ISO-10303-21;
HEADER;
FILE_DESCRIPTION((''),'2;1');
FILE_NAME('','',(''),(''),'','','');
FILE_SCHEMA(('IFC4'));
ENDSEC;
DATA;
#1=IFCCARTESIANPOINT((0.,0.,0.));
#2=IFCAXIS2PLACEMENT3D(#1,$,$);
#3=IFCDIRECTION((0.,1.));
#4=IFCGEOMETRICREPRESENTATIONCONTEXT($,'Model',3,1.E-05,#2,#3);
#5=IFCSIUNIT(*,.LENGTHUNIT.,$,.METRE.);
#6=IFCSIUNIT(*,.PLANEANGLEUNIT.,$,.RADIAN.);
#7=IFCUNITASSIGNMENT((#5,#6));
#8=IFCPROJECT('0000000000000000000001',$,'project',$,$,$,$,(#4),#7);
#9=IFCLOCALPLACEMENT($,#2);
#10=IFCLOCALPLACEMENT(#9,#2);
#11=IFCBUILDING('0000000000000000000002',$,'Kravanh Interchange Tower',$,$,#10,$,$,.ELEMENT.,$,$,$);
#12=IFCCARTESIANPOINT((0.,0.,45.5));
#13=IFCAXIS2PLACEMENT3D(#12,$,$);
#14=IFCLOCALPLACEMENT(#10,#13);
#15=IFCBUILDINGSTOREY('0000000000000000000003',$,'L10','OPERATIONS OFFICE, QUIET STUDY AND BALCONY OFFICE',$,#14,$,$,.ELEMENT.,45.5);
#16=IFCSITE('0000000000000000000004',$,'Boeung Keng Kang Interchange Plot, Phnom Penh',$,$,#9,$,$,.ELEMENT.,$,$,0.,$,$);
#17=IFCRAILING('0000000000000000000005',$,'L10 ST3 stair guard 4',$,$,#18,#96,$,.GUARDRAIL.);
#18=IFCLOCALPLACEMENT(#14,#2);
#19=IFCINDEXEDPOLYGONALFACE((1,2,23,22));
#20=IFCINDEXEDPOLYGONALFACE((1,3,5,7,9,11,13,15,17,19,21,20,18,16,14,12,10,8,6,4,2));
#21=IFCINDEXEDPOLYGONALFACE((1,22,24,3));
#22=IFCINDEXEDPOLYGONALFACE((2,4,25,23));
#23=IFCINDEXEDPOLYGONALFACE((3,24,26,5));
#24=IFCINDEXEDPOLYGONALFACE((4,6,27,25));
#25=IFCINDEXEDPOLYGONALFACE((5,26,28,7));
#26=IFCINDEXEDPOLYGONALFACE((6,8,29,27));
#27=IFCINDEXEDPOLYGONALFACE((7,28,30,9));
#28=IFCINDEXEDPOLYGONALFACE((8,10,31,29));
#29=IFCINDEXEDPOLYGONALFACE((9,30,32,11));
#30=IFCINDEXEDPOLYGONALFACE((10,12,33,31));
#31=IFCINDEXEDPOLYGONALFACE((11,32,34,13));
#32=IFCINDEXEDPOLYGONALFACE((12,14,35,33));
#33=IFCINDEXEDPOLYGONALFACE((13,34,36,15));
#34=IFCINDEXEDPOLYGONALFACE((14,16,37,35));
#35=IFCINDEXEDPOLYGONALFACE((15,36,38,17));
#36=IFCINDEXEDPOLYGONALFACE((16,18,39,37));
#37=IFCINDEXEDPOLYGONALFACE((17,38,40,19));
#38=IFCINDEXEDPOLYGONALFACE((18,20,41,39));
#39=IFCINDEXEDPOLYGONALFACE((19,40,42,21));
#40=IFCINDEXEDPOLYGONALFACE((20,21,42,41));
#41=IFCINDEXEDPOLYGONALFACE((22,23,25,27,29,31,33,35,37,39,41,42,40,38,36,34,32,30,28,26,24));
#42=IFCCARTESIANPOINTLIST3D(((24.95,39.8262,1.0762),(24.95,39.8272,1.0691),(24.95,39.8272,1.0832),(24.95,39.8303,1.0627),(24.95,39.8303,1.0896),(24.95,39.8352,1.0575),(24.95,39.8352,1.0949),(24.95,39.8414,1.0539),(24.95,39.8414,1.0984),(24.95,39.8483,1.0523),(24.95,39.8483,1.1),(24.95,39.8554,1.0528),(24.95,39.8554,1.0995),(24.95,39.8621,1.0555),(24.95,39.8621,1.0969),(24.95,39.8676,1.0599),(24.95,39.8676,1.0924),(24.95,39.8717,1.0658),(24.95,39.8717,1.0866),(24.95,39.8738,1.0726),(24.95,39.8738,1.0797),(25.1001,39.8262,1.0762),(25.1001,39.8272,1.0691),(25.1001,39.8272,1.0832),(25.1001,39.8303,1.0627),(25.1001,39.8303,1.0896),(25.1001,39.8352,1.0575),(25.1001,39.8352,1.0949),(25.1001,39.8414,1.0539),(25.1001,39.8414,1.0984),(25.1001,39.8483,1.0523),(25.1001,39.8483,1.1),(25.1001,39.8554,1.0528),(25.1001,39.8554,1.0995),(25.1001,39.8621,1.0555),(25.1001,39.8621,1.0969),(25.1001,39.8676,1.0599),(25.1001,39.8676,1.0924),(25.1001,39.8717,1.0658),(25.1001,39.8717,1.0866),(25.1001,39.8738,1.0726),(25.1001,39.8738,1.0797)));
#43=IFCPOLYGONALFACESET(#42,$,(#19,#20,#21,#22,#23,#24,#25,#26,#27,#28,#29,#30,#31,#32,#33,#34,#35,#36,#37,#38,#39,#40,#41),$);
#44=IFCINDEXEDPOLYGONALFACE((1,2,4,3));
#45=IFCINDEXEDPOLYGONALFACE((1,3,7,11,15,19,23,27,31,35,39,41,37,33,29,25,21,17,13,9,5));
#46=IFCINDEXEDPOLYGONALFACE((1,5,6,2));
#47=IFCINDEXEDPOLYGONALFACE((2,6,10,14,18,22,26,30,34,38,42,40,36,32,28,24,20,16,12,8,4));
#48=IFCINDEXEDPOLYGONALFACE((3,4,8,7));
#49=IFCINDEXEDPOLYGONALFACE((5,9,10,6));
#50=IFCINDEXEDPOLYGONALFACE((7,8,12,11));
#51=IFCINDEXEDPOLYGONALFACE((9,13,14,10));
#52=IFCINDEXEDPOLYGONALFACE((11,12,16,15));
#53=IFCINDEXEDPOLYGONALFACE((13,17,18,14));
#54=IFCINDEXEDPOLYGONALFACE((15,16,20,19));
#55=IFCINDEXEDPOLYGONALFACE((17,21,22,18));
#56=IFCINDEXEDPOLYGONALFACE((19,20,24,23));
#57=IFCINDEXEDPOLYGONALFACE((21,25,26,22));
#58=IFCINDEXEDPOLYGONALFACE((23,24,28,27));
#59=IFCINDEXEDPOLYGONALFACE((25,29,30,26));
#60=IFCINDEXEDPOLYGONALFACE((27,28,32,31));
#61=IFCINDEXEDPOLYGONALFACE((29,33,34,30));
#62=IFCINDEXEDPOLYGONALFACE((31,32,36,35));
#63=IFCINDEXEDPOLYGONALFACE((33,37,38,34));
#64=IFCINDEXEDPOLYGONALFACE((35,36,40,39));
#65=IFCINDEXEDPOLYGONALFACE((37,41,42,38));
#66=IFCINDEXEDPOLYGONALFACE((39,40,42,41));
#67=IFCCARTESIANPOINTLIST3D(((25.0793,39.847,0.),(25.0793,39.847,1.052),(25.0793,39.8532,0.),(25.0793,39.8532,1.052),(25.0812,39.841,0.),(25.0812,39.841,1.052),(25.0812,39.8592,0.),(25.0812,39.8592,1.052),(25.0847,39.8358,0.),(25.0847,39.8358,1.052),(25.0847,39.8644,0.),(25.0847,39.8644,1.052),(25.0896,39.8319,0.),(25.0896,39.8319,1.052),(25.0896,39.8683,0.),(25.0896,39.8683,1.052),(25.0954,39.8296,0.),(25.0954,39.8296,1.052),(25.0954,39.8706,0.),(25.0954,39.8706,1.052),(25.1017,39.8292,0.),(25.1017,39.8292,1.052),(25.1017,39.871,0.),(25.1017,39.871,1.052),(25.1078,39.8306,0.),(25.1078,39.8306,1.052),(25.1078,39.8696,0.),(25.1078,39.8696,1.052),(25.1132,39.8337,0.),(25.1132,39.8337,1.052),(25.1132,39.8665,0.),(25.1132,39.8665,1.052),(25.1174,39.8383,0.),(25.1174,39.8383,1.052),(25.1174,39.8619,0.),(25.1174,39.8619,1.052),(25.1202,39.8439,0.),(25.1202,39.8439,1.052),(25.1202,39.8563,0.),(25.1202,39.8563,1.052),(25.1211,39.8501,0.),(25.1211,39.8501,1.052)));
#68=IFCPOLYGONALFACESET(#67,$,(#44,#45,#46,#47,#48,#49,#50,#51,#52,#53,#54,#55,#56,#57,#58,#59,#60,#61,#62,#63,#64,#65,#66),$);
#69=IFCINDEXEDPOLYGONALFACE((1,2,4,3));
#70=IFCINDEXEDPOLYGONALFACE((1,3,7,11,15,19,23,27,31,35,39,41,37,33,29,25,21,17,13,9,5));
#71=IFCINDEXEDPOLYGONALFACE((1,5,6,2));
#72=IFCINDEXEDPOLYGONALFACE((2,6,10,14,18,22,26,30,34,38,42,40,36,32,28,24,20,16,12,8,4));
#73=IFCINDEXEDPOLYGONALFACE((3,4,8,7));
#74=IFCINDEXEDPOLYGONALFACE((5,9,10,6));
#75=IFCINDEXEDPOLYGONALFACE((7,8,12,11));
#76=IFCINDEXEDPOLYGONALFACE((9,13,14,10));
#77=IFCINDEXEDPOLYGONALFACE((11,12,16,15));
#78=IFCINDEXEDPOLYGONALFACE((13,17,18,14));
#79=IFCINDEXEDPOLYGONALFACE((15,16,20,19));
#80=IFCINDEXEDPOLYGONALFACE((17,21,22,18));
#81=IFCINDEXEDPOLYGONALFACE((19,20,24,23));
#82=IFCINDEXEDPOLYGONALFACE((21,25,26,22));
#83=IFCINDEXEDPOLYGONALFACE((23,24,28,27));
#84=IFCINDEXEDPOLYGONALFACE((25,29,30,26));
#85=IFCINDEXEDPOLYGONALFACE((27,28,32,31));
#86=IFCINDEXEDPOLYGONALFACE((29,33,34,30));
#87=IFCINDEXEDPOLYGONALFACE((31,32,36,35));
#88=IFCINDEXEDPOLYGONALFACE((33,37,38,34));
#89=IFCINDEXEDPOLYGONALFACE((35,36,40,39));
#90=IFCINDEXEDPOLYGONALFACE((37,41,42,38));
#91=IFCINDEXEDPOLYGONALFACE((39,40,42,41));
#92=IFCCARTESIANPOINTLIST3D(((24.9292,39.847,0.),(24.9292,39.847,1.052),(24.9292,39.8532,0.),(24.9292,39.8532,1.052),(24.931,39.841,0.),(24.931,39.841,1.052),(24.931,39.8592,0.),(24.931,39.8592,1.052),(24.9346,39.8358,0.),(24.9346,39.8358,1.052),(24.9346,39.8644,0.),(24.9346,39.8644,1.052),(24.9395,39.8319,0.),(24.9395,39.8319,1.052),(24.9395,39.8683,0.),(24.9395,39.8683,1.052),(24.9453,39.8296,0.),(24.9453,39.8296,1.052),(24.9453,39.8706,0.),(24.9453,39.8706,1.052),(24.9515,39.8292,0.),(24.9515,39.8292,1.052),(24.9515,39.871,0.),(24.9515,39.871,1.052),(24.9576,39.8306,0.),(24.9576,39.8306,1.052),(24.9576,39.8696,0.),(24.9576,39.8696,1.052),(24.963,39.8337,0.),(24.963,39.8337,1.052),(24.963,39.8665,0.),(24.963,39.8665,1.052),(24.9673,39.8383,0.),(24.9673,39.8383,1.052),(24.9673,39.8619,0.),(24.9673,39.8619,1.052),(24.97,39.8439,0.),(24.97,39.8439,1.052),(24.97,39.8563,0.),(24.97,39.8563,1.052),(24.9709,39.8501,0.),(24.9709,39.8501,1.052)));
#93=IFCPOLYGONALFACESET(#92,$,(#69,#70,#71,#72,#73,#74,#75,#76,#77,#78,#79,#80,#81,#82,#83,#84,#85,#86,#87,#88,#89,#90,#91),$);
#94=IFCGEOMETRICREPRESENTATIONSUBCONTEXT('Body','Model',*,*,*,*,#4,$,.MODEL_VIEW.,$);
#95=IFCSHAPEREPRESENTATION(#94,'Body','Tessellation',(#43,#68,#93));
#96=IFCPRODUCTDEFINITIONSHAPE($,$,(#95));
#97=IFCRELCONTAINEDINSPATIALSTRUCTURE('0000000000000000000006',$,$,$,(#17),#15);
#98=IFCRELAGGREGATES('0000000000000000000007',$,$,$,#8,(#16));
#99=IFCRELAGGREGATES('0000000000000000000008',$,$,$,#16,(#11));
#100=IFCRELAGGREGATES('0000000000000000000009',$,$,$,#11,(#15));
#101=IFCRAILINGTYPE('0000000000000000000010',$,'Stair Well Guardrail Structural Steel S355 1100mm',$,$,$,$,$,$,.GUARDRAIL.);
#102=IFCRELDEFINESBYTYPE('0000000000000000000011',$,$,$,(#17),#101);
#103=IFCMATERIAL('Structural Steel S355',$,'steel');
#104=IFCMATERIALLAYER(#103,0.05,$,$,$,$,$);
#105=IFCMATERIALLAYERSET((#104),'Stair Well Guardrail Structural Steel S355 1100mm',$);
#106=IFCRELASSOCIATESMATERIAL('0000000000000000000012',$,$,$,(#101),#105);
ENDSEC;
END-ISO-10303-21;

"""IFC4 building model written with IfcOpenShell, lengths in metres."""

from ifc_helpers import new_model, si_unit, direction, frame, origin, origin_2d, place, context, subcontext, project, spatial, circle, extrude, material, layer, layer_set, type_object, element, save


model = new_model("IFC4")

# Units and contexts
model_context = context("Model", 3, precision=1e-05, world=origin(), true_north=direction((0.0, 1.0)))
body_context = subcontext(model_context, "Body", "Model", "MODEL_VIEW")
ifc_project = project(units=[si_unit("LENGTHUNIT", "METRE"), si_unit("PLANEANGLEUNIT", "RADIAN")], contexts=[model_context])

# Site, building, storey
site_placement = place(None, origin())
site = spatial("IfcSite", under=ifc_project, at=site_placement, Name="Boeung Keng Kang Interchange Plot, Phnom Penh", CompositionType="ELEMENT", RefElevation=0.0)
building_placement = place(site_placement, origin())
building = spatial("IfcBuilding", under=site, at=building_placement, Name="Kravanh Interchange Tower", CompositionType="ELEMENT")
storey_placement = place(building_placement, frame((0.0, 0.0, 45.5)))
storey = spatial("IfcBuildingStorey", under=building, at=storey_placement, Name="L10", Description="OPERATIONS OFFICE, QUIET STUDY AND BALCONY OFFICE", CompositionType="ELEMENT", Elevation=45.5)

# Railing
ifc_material_1 = material(Name="Structural Steel S355", Category="steel")
ifc_layer_1 = layer(ifc_material_1, 0.05)
ifc_layer_set_1 = layer_set([ifc_layer_1], Name="Stair Well Guardrail Structural Steel S355 1100mm")
railing_type_1 = type_object("IfcRailingType", Name="Stair Well Guardrail Structural Steel S355 1100mm", PredefinedType="GUARDRAIL", material=ifc_layer_set_1)
railing_1_placement = place(storey_placement, frame((25.1001, 39.8501, 0.0)))
element("IfcRailing", 1, at=railing_1_placement, inside=storey, type_object=railing_type_1, Name="L10 ST3 stair guard 4", PredefinedType="GUARDRAIL", context=body_context, shape_type="SweptSolid", body=[
    extrude(circle(Radius=0.0239, at=origin_2d()), frame((0.0, 0.0, 1.0762), z_axis=(-1.0, 0.0, 0.0), x_axis=(0.0, -1.0, 0.0)), (0.0, 0.0, 1.0), 0.1501),
    extrude(circle(Radius=0.021, at=origin_2d()), origin(), (0.0, 0.0, 1.0), 1.052),
    extrude(circle(Radius=0.021, at=origin_2d()), frame((-0.1501, 0.0, 0.0)), (0.0, 0.0, 1.0), 1.052),
])

save(model, "model.ifc")
